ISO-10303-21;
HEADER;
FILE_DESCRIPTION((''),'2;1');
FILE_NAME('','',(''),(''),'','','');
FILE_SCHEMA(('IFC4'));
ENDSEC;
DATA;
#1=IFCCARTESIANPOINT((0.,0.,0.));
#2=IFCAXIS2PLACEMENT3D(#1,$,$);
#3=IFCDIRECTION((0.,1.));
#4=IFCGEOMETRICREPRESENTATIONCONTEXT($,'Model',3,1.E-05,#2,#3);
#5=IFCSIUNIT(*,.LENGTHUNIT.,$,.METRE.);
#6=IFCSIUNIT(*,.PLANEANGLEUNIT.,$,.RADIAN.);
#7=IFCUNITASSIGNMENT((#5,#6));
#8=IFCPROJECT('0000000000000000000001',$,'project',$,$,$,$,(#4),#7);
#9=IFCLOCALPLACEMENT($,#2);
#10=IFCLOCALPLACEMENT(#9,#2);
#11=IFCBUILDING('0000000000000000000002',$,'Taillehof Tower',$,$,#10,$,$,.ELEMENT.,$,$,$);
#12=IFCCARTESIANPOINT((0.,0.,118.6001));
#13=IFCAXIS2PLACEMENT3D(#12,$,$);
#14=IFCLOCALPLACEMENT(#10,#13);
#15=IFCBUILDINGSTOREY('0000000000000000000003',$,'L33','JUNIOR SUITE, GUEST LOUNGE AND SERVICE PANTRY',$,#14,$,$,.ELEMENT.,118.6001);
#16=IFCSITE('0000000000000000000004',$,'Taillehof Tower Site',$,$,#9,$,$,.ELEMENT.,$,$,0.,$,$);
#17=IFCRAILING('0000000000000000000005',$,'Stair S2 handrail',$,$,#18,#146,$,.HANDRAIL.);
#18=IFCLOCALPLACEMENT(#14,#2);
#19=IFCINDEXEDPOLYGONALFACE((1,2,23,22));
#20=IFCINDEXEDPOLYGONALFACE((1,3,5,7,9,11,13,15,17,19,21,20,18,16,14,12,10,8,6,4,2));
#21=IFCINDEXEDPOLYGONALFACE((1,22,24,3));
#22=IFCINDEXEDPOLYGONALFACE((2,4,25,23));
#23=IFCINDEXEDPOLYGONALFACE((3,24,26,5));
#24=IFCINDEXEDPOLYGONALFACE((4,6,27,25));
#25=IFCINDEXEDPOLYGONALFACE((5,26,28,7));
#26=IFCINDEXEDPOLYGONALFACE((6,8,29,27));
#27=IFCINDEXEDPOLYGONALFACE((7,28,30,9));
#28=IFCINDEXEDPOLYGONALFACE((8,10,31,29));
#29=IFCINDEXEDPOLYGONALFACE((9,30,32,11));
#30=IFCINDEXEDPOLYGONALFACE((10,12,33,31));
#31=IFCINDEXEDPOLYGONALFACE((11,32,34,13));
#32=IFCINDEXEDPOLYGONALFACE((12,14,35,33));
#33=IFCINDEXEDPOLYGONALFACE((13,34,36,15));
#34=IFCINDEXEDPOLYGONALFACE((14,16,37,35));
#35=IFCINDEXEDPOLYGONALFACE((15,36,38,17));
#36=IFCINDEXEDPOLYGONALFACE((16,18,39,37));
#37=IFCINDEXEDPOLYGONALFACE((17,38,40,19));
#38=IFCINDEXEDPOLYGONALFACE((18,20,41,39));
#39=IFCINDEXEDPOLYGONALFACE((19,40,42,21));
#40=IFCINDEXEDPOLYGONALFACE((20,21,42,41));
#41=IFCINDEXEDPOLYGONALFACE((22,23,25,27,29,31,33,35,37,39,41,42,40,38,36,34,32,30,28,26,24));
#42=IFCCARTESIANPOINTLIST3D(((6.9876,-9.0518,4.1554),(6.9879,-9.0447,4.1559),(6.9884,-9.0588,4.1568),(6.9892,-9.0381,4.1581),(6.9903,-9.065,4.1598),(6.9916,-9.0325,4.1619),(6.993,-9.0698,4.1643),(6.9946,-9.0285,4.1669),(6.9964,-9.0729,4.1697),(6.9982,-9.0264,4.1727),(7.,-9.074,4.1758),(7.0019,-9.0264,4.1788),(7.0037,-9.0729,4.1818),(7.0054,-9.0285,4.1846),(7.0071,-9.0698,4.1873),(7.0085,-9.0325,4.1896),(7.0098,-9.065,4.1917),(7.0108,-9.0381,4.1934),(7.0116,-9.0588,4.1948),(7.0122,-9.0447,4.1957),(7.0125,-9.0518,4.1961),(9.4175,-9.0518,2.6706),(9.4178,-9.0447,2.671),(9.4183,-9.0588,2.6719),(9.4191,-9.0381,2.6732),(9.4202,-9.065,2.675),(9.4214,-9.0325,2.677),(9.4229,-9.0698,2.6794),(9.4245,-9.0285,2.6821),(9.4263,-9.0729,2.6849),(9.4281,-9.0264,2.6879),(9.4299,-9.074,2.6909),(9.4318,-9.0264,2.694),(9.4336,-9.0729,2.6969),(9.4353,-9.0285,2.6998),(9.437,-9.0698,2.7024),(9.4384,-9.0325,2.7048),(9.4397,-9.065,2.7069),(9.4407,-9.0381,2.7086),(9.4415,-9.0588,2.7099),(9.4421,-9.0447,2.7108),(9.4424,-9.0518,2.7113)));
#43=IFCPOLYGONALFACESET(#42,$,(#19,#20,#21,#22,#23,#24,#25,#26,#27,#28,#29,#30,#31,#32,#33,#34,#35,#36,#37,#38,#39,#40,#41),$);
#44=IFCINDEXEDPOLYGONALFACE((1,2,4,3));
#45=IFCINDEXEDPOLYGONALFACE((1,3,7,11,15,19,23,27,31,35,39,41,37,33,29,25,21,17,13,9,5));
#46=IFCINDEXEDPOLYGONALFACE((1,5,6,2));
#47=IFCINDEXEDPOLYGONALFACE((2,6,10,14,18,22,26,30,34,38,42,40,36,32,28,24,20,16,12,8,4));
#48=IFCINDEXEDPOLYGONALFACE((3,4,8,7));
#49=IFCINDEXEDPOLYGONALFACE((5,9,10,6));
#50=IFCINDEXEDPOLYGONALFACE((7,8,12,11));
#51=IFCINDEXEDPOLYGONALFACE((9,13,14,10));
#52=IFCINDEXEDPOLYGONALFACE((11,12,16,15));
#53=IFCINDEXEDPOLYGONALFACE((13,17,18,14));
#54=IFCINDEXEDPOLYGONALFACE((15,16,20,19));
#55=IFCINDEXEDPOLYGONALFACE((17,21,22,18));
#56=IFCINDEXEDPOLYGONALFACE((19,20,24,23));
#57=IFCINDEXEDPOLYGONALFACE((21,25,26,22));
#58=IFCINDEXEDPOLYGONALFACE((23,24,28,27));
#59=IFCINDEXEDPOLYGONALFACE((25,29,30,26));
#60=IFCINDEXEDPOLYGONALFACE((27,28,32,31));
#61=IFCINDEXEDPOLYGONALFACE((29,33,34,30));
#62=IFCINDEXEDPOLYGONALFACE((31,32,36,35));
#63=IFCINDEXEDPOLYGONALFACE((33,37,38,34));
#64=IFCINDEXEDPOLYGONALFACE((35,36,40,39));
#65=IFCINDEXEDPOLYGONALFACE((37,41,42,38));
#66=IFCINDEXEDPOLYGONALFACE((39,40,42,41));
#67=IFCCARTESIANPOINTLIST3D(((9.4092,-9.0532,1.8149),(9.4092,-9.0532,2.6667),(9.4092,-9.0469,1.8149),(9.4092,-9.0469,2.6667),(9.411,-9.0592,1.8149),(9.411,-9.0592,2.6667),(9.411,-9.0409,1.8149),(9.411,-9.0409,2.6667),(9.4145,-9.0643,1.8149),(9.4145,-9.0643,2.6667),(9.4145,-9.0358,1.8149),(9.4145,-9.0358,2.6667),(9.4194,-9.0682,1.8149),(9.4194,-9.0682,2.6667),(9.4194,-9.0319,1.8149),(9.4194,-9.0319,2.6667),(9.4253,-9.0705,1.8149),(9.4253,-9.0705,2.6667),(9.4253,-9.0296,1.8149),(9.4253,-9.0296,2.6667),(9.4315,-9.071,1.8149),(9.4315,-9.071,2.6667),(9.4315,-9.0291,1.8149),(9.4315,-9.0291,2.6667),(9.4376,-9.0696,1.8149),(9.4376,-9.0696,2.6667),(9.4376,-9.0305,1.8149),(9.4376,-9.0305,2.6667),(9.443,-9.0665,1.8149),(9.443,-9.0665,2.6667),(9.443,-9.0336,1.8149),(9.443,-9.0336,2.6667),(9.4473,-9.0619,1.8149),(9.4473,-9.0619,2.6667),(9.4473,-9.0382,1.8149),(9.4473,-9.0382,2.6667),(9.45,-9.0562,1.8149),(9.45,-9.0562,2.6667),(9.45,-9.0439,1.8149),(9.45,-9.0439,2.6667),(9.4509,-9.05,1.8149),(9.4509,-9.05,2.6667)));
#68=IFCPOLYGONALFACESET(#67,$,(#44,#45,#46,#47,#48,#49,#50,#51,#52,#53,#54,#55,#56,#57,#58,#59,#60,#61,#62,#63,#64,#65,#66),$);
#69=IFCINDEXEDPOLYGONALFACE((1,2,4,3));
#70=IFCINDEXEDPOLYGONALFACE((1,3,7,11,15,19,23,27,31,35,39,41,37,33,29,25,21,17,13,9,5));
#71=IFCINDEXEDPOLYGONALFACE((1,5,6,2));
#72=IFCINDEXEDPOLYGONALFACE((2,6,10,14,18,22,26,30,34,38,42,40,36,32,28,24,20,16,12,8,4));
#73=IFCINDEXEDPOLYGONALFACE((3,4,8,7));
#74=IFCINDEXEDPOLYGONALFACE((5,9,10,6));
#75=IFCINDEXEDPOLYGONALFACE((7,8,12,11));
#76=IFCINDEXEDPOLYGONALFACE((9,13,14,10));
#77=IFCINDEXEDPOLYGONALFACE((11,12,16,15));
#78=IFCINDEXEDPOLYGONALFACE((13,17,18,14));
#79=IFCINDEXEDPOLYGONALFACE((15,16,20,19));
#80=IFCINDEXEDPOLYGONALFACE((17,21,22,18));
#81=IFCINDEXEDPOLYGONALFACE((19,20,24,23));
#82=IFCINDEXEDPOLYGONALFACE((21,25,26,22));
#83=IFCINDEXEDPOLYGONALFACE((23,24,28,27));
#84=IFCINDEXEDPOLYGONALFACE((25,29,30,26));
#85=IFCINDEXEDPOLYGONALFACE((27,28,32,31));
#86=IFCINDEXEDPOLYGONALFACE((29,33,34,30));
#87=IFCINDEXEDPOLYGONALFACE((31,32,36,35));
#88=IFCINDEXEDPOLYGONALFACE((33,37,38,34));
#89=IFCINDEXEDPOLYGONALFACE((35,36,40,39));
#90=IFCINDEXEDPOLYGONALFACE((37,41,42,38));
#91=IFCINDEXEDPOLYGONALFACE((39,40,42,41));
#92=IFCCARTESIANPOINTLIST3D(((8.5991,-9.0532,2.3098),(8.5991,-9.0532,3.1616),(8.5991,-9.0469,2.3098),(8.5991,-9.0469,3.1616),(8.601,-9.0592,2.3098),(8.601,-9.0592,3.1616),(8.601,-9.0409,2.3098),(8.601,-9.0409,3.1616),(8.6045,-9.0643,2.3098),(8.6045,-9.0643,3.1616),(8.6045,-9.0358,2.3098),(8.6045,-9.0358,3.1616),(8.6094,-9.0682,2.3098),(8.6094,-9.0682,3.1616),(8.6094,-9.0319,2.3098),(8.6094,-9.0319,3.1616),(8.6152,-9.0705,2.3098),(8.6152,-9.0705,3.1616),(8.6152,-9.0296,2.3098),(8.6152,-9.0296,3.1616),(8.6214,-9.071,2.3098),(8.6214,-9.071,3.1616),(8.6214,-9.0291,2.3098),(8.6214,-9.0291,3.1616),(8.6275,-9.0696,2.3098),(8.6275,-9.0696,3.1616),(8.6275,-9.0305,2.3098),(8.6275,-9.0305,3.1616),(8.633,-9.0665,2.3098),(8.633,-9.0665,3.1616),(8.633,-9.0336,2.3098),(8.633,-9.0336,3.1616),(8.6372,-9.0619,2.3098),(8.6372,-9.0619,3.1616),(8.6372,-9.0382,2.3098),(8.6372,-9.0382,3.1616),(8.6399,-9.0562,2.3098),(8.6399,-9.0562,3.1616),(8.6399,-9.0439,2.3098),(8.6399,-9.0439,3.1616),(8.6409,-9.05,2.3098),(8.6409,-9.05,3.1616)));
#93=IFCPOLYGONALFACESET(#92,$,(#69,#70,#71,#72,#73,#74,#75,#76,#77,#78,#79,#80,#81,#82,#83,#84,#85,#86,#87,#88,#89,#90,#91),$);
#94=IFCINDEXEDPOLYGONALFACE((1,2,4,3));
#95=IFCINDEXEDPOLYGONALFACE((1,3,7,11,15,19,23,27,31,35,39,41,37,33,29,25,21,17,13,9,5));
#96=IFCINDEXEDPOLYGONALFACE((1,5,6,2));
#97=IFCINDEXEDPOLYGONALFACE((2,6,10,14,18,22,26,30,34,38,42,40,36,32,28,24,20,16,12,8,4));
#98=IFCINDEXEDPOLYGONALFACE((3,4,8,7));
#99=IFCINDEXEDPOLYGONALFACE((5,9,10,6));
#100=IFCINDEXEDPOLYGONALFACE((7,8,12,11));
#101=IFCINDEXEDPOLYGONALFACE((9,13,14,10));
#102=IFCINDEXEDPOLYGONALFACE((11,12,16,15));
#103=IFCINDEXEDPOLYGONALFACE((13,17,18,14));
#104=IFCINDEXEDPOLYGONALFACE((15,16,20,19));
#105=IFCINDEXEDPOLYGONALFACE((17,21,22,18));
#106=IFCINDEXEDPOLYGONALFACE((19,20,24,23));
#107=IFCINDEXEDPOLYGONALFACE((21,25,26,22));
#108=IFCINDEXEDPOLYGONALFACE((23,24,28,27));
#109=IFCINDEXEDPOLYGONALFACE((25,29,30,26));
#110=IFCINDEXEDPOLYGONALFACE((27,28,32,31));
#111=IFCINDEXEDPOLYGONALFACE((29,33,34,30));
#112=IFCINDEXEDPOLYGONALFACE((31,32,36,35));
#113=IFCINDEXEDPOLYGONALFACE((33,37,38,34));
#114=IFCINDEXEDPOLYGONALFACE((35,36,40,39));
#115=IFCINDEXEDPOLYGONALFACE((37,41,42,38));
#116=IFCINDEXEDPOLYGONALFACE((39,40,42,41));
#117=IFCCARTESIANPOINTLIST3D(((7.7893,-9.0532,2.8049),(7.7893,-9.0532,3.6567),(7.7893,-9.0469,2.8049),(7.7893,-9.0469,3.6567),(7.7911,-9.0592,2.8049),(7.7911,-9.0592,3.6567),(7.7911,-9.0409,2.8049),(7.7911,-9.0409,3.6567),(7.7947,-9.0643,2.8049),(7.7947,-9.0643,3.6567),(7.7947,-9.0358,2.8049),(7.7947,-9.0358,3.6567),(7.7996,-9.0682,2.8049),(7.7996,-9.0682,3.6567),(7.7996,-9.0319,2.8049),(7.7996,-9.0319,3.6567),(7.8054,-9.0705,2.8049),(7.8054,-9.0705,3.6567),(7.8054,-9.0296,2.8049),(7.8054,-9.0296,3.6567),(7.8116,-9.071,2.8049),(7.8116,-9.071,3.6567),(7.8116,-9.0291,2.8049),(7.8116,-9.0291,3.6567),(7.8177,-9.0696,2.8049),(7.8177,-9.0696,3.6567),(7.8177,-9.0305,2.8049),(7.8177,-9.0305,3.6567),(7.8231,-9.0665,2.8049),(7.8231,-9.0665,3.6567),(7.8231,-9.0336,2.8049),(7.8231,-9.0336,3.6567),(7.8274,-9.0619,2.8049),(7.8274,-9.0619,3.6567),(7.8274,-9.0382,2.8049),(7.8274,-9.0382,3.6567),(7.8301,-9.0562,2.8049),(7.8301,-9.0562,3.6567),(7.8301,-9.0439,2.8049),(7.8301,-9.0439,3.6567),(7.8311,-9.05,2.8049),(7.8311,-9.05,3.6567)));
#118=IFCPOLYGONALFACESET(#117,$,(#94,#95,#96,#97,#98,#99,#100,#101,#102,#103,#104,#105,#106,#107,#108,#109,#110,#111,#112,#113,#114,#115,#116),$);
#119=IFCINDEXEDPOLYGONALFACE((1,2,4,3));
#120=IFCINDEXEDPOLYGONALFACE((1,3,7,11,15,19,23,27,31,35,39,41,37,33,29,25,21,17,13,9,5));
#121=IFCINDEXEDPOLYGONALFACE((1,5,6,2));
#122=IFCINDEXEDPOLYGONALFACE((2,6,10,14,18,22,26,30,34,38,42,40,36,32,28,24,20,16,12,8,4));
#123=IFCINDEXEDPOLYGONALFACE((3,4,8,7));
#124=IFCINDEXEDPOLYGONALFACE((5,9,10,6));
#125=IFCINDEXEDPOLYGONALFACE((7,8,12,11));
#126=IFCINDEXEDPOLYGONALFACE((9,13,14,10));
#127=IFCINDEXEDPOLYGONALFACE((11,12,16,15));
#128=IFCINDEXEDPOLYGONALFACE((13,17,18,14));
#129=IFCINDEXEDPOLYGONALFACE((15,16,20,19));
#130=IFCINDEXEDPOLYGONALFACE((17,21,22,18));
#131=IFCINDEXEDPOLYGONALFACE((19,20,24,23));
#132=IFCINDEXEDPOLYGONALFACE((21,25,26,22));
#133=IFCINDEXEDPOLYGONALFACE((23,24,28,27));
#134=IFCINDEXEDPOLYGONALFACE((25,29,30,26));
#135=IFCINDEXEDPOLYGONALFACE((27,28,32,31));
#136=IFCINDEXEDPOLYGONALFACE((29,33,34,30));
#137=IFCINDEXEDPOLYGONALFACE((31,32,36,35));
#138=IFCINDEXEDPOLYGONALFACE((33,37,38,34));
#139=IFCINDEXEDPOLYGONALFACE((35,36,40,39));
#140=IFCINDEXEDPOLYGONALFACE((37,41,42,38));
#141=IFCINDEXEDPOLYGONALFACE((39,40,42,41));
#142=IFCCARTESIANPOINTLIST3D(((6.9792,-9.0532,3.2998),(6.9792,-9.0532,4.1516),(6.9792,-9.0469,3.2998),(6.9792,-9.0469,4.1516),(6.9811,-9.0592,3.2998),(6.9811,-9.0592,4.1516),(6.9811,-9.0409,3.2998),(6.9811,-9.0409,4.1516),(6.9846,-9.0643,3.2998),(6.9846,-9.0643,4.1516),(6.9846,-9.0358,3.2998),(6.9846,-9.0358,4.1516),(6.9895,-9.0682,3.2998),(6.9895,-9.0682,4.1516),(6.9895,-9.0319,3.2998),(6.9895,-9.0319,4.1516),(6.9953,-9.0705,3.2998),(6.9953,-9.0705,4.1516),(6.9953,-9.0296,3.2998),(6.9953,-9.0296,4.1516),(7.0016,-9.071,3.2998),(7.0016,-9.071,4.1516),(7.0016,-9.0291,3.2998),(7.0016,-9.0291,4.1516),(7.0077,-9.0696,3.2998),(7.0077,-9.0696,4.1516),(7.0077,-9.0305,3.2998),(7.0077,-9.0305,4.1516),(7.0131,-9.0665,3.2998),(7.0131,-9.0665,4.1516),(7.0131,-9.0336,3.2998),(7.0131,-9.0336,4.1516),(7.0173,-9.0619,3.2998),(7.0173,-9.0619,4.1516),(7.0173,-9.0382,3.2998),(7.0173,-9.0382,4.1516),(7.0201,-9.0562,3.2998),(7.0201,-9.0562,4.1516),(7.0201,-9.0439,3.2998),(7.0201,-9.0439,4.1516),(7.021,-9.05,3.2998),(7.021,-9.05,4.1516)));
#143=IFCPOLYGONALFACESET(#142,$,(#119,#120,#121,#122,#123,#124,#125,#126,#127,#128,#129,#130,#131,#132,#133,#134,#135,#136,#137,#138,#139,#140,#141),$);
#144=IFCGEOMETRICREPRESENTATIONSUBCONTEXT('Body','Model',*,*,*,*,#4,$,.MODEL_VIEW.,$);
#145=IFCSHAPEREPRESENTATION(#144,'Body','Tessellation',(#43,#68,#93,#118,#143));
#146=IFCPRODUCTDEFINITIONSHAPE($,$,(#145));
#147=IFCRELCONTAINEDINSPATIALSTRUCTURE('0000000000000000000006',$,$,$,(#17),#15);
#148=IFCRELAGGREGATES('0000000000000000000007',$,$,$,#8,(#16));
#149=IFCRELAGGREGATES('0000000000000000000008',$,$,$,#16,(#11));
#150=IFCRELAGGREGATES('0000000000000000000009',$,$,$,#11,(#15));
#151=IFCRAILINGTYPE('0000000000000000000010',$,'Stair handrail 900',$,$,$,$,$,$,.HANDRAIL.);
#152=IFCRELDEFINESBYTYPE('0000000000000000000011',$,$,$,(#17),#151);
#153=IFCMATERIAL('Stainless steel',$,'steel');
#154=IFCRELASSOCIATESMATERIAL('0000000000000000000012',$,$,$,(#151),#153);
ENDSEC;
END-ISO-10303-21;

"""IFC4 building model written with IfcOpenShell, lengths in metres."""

from ifc_helpers import new_model, si_unit, direction, frame, origin, origin_2d, place, context, subcontext, project, spatial, circle, extrude, material, type_object, element, save


model = new_model("IFC4")

# Units and contexts
model_context = context("Model", 3, precision=1e-05, world=origin(), true_north=direction((0.0, 1.0)))
body_context = subcontext(model_context, "Body", "Model", "MODEL_VIEW")
ifc_project = project(units=[si_unit("LENGTHUNIT", "METRE"), si_unit("PLANEANGLEUNIT", "RADIAN")], contexts=[model_context])

# Site, building, storey
site_placement = place(None, origin())
site = spatial("IfcSite", under=ifc_project, at=site_placement, Name="Taillehof Tower Site", CompositionType="ELEMENT", RefElevation=0.0)
building_placement = place(site_placement, origin())
building = spatial("IfcBuilding", under=site, at=building_placement, Name="Taillehof Tower", CompositionType="ELEMENT")
storey_placement = place(building_placement, frame((0.0, 0.0, 118.6001)))
storey = spatial("IfcBuildingStorey", under=building, at=storey_placement, Name="L33", Description="JUNIOR SUITE, GUEST LOUNGE AND SERVICE PANTRY", CompositionType="ELEMENT", Elevation=118.6001)

# Railing
ifc_material_1 = material(Name="Stainless steel", Category="steel")
railing_type = type_object("IfcRailingType", Name="Stair handrail 900", PredefinedType="HANDRAIL", material=ifc_material_1)
railing_1_placement = place(storey_placement, frame((9.4299, -9.05, 1.8149)))
element("IfcRailing", 1, at=railing_1_placement, inside=storey, type_object=railing_type, Name="Stair S2 handrail", PredefinedType="HANDRAIL", context=body_context, shape_type="SweptSolid", body=[
    extrude(circle(Radius=0.0239, at=origin_2d()), frame((0.0, 0.0, 0.876), z_axis=(-0.853297, 0.0, 0.521426), x_axis=(0.0, -1.0, 0.0)), (0.0, 0.0, 1.0), 2.8477),
    extrude(circle(Radius=0.021, at=origin_2d()), origin(), (0.0, 0.0, 1.0), 0.8518),
    extrude(circle(Radius=0.021, at=origin_2d()), frame((-0.8101, 0.0, 0.4949)), (0.0, 0.0, 1.0), 0.8518),
    extrude(circle(Radius=0.021, at=origin_2d()), frame((-1.6199, 0.0, 0.99)), (0.0, 0.0, 1.0), 0.8518),
    extrude(circle(Radius=0.021, at=origin_2d()), frame((-2.4299, 0.0, 1.4849)), (0.0, 0.0, 1.0), 0.8518),
])

save(model, "model.ifc")
